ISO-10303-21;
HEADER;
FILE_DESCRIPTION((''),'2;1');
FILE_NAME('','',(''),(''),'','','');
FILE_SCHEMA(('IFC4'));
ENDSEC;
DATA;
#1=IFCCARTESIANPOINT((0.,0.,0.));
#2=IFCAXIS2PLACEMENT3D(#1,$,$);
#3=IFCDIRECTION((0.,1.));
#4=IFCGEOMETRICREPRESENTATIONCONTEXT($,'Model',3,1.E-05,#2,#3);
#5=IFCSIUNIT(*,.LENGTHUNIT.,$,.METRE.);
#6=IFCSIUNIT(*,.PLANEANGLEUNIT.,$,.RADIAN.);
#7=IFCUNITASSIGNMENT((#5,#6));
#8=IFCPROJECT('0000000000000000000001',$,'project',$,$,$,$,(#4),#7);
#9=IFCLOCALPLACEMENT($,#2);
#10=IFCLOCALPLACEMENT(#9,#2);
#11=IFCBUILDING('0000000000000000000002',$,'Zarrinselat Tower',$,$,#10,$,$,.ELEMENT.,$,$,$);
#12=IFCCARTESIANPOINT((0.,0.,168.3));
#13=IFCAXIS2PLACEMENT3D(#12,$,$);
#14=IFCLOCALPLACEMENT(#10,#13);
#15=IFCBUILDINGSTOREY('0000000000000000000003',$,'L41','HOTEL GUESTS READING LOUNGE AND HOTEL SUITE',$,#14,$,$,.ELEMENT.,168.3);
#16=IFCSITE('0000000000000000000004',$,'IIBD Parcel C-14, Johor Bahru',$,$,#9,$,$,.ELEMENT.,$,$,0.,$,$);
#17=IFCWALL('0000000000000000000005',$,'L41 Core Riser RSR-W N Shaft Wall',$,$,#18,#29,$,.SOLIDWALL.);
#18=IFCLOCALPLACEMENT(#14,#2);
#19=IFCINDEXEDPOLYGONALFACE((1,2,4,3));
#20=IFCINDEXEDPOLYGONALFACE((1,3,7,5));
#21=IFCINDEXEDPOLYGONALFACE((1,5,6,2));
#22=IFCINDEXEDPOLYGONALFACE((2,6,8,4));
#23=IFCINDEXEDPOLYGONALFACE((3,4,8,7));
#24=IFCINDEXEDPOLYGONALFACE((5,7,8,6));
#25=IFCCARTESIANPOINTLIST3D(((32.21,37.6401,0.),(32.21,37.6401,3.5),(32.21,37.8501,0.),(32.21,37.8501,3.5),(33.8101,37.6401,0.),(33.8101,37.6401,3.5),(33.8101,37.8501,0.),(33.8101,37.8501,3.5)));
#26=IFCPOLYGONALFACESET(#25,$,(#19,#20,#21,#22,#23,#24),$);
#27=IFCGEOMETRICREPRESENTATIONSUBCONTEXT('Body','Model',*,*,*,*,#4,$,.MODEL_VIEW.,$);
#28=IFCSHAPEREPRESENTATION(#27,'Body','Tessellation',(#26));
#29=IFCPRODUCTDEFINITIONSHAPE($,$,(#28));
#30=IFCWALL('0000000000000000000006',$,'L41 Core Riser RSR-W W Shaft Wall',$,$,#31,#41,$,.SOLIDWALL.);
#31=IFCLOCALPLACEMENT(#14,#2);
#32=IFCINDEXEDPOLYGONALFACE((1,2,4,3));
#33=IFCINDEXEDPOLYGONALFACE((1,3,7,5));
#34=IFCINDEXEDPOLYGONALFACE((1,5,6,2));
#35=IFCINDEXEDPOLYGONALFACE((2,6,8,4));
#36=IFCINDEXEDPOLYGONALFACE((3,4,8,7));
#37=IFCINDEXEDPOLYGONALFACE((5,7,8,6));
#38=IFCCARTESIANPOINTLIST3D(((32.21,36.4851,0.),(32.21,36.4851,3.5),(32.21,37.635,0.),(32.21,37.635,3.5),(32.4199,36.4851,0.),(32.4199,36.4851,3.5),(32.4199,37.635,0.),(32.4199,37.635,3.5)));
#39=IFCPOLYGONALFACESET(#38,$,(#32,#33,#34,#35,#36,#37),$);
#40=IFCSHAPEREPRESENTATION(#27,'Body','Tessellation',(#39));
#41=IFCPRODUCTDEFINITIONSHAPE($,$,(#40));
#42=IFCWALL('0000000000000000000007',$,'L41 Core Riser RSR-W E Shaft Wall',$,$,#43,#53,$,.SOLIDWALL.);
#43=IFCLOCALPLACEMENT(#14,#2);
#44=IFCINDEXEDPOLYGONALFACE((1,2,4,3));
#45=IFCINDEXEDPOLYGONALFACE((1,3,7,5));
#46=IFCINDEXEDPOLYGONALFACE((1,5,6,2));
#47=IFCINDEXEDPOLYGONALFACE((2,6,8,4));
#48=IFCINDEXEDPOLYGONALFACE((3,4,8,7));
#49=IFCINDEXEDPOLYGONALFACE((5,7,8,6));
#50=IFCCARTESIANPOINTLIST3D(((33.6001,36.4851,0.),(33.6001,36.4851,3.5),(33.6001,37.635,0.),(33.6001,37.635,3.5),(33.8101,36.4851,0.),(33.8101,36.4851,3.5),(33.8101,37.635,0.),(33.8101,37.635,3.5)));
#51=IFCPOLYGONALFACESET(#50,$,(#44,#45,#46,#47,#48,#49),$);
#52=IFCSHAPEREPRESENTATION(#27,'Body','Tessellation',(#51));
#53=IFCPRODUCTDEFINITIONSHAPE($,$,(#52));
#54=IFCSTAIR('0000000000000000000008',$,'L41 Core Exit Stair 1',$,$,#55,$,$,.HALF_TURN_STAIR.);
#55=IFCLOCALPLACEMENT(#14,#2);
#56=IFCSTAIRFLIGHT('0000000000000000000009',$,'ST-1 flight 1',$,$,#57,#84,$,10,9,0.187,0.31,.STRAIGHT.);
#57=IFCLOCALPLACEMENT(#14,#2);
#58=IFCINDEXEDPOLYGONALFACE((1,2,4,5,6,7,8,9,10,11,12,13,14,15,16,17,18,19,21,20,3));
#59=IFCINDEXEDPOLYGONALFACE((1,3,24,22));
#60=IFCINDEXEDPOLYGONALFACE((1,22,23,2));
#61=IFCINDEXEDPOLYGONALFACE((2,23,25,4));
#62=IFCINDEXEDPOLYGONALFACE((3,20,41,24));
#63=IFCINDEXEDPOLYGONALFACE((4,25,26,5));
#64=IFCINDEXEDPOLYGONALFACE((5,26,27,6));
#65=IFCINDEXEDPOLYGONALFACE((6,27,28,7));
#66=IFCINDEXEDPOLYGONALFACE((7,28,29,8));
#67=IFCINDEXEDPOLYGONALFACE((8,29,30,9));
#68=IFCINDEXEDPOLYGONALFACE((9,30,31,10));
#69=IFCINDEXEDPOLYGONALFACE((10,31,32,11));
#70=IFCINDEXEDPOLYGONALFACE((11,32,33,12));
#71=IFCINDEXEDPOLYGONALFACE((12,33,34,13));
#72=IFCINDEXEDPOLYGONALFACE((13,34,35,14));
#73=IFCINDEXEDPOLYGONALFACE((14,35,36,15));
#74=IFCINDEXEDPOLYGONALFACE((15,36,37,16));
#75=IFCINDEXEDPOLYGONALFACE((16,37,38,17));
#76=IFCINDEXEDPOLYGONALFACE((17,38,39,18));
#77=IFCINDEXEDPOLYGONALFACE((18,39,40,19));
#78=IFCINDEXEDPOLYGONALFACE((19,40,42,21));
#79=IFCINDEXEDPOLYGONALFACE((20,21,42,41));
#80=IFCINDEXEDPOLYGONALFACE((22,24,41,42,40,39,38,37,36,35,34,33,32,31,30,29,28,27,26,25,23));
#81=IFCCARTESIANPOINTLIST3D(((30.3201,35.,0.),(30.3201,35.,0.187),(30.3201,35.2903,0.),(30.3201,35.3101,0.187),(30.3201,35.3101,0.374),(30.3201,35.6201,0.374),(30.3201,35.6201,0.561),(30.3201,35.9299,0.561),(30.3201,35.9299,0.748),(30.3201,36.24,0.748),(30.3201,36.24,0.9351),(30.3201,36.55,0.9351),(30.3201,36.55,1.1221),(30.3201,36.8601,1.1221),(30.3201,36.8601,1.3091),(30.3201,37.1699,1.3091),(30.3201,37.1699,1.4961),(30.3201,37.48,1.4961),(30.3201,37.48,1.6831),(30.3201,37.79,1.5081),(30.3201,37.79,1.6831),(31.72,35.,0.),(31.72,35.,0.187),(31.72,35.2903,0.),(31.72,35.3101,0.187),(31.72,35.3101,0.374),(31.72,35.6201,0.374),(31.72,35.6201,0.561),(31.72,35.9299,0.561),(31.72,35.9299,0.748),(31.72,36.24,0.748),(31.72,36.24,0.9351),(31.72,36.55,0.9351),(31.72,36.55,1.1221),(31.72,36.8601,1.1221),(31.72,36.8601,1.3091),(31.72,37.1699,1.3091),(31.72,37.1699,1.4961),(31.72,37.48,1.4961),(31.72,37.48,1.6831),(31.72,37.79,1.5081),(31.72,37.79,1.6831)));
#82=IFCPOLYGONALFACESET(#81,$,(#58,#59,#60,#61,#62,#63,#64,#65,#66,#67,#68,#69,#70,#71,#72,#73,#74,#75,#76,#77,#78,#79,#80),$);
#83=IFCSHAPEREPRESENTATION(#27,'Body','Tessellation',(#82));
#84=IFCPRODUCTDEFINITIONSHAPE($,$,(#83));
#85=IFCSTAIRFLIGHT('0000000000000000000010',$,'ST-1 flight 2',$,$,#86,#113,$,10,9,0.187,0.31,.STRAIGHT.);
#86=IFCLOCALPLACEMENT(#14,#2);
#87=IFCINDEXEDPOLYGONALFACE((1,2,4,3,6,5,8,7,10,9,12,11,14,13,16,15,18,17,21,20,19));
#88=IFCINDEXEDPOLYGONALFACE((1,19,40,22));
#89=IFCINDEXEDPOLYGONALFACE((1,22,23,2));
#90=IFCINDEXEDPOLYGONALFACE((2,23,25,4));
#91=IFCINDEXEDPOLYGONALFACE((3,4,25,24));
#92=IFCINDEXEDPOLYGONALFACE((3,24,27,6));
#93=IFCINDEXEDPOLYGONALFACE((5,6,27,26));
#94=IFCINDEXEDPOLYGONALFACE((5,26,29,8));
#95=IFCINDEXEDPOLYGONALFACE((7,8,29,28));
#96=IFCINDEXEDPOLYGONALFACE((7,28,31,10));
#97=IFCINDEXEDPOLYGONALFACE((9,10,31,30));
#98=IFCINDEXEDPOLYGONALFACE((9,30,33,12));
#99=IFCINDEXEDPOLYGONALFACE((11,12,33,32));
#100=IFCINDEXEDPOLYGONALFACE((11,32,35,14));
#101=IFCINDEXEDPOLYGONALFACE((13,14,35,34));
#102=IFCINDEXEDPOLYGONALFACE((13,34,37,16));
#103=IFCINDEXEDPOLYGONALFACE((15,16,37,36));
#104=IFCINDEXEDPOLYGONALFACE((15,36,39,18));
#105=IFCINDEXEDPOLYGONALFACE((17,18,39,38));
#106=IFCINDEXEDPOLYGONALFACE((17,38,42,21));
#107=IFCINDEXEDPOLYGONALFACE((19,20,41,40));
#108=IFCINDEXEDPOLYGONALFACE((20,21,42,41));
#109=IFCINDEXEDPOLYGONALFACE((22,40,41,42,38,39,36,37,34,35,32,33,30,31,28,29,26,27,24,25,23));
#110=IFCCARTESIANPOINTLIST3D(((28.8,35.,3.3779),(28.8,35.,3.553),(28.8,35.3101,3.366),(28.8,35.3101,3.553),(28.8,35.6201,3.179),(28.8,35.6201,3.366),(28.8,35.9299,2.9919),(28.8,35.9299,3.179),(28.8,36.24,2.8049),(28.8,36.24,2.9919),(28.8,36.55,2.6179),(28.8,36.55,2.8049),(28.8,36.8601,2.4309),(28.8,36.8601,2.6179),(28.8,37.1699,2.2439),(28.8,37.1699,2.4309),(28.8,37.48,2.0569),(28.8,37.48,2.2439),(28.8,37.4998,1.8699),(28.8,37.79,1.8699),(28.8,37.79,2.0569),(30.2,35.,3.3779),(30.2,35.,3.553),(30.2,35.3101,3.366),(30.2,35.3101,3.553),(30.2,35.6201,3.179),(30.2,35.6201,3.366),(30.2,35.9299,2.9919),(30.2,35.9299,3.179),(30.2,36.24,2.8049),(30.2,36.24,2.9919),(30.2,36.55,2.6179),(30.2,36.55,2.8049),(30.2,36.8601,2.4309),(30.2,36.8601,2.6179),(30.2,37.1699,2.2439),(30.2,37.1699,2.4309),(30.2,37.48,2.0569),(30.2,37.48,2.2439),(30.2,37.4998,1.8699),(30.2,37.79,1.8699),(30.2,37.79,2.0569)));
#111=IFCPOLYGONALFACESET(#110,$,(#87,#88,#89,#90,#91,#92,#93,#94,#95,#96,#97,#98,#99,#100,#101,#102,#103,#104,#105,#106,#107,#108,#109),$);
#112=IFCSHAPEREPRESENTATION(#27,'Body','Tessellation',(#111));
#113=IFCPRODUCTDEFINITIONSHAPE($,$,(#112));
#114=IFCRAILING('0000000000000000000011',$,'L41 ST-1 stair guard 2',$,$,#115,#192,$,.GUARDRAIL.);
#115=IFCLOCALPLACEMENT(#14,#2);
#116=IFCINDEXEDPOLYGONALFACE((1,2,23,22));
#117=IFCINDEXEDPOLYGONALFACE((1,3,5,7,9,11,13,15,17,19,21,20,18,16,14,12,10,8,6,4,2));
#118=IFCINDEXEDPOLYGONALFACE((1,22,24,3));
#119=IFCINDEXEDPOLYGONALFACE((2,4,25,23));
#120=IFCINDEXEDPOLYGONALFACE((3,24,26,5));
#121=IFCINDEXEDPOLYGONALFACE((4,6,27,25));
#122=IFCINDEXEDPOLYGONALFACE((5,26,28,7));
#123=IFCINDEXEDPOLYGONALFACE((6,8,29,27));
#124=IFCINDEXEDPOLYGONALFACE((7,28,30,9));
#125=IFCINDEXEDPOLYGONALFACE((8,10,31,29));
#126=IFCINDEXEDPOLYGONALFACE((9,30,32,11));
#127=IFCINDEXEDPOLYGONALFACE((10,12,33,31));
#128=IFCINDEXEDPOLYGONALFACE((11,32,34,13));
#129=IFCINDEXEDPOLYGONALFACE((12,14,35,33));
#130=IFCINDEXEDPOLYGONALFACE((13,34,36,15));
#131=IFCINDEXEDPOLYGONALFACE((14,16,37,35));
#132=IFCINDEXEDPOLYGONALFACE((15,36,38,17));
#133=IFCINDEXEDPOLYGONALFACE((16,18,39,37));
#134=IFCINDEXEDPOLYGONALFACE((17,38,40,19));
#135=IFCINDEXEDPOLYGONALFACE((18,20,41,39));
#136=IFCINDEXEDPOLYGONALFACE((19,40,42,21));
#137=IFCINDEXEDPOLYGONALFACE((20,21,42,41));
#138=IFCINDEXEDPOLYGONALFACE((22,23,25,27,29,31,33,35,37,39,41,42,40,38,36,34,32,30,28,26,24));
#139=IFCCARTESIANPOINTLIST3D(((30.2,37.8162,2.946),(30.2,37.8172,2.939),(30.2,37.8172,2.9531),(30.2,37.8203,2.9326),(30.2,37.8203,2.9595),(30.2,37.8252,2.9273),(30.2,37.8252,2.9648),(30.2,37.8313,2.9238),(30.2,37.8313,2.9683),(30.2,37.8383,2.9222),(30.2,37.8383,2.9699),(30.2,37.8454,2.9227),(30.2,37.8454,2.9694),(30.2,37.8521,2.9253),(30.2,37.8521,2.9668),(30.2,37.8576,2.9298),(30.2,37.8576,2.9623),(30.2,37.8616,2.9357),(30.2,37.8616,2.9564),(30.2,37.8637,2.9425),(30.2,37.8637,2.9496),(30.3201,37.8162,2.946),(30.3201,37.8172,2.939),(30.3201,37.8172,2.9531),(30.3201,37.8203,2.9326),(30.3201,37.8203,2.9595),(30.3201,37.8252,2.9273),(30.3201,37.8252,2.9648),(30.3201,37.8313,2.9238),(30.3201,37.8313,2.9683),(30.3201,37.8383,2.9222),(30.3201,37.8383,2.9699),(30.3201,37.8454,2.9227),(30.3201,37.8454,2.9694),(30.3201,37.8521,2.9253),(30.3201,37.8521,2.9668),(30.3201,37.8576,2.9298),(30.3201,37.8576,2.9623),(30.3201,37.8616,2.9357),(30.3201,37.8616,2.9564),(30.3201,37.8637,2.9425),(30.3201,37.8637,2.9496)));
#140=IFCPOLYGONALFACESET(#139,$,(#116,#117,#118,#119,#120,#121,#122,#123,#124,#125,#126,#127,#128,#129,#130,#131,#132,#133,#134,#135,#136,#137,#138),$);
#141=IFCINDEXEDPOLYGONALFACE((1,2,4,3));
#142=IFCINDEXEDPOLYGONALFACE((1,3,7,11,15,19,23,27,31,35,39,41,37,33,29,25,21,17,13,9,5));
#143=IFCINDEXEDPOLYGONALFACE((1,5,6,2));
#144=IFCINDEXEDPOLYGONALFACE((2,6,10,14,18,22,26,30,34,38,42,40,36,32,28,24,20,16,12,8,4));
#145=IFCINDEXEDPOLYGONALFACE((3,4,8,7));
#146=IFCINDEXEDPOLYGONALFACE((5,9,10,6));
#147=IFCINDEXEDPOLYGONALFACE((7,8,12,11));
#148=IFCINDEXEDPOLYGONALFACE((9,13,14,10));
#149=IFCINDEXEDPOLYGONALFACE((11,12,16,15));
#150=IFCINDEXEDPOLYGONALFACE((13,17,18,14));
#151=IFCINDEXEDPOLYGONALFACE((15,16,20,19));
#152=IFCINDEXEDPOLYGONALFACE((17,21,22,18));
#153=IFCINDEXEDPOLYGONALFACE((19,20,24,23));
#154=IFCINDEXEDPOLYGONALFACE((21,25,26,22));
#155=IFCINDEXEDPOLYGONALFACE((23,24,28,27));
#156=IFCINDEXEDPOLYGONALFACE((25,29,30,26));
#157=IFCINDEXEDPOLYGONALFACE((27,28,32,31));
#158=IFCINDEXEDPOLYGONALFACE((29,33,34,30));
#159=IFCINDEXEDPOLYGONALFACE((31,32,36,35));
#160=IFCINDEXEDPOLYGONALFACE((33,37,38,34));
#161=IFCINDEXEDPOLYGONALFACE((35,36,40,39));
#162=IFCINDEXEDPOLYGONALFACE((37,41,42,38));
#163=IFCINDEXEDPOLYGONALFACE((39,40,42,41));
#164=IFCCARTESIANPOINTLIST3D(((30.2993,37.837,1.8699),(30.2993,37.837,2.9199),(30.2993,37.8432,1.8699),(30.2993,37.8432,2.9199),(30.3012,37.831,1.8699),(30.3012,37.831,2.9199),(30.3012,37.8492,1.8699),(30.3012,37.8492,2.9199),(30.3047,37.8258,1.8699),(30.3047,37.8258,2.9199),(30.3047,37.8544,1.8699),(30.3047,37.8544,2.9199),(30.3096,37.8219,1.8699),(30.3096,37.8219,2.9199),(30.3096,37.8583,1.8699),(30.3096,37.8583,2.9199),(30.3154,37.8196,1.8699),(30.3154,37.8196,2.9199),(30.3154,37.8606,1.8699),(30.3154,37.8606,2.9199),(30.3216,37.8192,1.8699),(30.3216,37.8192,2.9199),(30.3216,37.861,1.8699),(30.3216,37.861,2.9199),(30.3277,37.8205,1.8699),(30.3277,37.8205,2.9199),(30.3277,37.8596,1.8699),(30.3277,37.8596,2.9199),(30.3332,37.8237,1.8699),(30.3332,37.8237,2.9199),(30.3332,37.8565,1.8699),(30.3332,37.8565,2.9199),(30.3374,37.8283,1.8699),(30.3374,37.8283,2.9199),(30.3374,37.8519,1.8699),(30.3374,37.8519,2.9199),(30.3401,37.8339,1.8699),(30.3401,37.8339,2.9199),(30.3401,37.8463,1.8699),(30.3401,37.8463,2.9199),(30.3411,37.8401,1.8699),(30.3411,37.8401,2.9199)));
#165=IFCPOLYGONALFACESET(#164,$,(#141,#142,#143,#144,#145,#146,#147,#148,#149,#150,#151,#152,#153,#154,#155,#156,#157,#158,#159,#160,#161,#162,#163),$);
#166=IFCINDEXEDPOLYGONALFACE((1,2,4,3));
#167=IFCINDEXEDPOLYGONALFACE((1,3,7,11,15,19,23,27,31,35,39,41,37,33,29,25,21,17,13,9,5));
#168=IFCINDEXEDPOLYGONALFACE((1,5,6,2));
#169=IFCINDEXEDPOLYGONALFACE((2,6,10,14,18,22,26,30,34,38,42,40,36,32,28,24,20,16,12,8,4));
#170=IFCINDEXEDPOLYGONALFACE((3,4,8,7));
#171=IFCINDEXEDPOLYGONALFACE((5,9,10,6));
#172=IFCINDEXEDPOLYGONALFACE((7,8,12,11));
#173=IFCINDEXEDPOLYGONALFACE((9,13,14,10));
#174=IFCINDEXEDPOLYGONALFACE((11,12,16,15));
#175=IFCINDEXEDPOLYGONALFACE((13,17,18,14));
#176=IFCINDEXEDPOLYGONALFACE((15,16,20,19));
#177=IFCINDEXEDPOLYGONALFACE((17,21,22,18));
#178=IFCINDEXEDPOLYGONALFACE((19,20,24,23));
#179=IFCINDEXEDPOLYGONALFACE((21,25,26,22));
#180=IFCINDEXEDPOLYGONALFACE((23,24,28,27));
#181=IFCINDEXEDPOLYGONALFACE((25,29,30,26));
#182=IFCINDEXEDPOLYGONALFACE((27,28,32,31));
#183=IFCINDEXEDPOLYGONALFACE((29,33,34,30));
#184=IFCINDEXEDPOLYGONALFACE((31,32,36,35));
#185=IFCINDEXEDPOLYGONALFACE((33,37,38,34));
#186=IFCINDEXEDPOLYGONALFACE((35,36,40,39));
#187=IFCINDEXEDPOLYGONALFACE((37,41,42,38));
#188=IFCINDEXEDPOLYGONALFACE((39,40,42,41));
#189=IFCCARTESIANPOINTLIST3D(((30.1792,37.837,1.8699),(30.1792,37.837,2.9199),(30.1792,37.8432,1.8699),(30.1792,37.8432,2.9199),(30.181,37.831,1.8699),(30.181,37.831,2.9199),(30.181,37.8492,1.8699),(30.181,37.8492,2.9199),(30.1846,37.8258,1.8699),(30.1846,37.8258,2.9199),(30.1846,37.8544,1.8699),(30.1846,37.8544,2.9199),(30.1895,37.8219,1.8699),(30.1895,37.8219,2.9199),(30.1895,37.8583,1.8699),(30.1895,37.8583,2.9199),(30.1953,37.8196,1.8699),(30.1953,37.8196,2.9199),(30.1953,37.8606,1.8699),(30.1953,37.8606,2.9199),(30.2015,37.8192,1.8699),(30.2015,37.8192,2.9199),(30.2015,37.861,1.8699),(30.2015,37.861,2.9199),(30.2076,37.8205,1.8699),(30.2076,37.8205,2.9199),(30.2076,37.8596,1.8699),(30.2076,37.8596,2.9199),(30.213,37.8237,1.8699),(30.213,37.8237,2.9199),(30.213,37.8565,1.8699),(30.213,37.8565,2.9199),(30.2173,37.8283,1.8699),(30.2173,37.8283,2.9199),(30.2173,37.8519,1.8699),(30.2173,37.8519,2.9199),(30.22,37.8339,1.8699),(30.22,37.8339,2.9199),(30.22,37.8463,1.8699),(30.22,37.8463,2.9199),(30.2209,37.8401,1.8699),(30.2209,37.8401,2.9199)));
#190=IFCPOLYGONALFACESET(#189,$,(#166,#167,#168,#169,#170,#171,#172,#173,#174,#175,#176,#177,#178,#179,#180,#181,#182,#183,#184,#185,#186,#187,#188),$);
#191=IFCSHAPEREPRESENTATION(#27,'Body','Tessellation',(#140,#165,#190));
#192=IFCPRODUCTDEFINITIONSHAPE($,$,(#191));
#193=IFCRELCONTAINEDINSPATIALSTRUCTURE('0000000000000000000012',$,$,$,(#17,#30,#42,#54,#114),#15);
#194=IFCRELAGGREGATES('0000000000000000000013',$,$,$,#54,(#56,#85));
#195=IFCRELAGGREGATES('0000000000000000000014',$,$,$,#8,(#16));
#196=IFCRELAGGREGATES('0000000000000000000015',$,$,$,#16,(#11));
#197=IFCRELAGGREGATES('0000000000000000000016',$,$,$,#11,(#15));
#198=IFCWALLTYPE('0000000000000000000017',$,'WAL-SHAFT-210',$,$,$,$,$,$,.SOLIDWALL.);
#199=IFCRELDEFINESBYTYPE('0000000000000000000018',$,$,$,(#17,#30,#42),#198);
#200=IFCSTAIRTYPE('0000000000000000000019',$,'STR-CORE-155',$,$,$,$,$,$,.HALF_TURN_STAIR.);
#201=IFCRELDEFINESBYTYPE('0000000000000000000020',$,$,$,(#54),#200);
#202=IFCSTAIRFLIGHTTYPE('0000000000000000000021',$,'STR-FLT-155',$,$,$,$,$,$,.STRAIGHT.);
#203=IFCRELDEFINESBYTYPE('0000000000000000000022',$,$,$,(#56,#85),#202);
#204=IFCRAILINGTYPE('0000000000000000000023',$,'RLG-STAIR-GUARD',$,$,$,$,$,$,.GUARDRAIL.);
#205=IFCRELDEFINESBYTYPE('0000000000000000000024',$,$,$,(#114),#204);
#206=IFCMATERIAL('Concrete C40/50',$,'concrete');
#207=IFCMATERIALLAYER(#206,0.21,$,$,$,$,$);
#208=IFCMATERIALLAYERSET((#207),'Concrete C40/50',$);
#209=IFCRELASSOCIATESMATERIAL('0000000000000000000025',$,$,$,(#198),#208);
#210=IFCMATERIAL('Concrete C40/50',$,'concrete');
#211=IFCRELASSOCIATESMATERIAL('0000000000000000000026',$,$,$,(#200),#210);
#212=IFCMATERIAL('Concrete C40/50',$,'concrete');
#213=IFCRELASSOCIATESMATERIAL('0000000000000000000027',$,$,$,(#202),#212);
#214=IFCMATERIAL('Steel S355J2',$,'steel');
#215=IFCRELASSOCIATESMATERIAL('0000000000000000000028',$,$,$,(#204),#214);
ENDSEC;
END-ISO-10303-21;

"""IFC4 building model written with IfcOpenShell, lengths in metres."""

from ifc_helpers import new_model, si_unit, direction, frame, frame_2d, origin, origin_2d, place, context, subcontext, project, spatial, polyline, rectangle, circle, outline, extrude, material, layer, layer_set, type_object, element, aggregate, save


model = new_model("IFC4")

# Units and contexts
model_context = context("Model", 3, precision=1e-05, world=origin(), true_north=direction((0.0, 1.0)))
body_context = subcontext(model_context, "Body", "Model", "MODEL_VIEW")
ifc_project = project(units=[si_unit("LENGTHUNIT", "METRE"), si_unit("PLANEANGLEUNIT", "RADIAN")], contexts=[model_context])

# Site, building, storey
site_placement = place(None, origin())
site = spatial("IfcSite", under=ifc_project, at=site_placement, Name="IIBD Parcel C-14, Johor Bahru", CompositionType="ELEMENT", RefElevation=0.0)
building_placement = place(site_placement, origin())
building = spatial("IfcBuilding", under=site, at=building_placement, Name="Zarrinselat Tower", CompositionType="ELEMENT")
storey_placement = place(building_placement, frame((0.0, 0.0, 168.3)))
storey = spatial("IfcBuildingStorey", under=building, at=storey_placement, Name="L41", Description="HOTEL GUESTS READING LOUNGE AND HOTEL SUITE", CompositionType="ELEMENT", Elevation=168.3)

# Shared definitions
ifc_material_1 = material(Name="Concrete C40/50", Category="concrete")
ifc_layer_1 = layer(ifc_material_1, 0.21)
ifc_layer_set_1 = layer_set([ifc_layer_1], Name="Concrete C40/50")
wall_type_1 = type_object("IfcWallType", Name="WAL-SHAFT-210", PredefinedType="SOLIDWALL", material=ifc_layer_set_1)

# Walls
for number, where, z_axis, x_axis, name in (
    (1, (32.21, 37.7451, 0.0), (0.0, 0.0, 1.0), (1.0, 0.0, 0.0), "L41 Core Riser RSR-W N Shaft Wall"),
):
    element("IfcWall", number, at=place(storey_placement, frame(where, z_axis=z_axis, x_axis=x_axis)), inside=storey, type_object=wall_type_1, Name=name, PredefinedType="SOLIDWALL", context=body_context, shape_type="SweptSolid", body=[
        extrude(rectangle(XDim=1.6001, YDim=0.21, at=frame_2d((0.8, 0.0))), origin(), (0.0, 0.0, 1.0), 3.5),
    ])
for number, where, z_axis, x_axis, name in (
    (2, (32.3149, 36.4851, 0.0), (0.0, 0.0, 1.0), (0.0, 1.0, 0.0), "L41 Core Riser RSR-W W Shaft Wall"),
    (3, (33.7051, 36.4851, 0.0), (0.0, 0.0, 1.0), (0.0, 1.0, 0.0), "L41 Core Riser RSR-W E Shaft Wall"),
):
    element("IfcWall", number, at=place(storey_placement, frame(where, z_axis=z_axis, x_axis=x_axis)), inside=storey, type_object=wall_type_1, Name=name, PredefinedType="SOLIDWALL", context=body_context, shape_type="SweptSolid", body=[
        extrude(rectangle(XDim=1.1499, YDim=0.21, at=frame_2d((0.575, 0.0))), origin(), (0.0, 0.0, 1.0), 3.5),
    ])

# Stair, stair flights
ifc_material_2 = material(Name="Concrete C40/50", Category="concrete")
stair_type = type_object("IfcStairType", Name="STR-CORE-155", PredefinedType="HALF_TURN_STAIR", material=ifc_material_2)
stair_placement = place(storey_placement, origin())
stair = element("IfcStair", 4, at=stair_placement, inside=storey, type_object=stair_type, Name="L41 Core Exit Stair 1", PredefinedType="HALF_TURN_STAIR")
ifc_material_3 = material(Name="Concrete C40/50", Category="concrete")
stair_flight_type = type_object("IfcStairFlightType", Name="STR-FLT-155", PredefinedType="STRAIGHT", material=ifc_material_3)
stair_flight_1_placement = place(storey_placement, frame((31.02, 35.0, 0.0), z_axis=(0.0, 0.0, 1.0), x_axis=(0.0, 1.0, 0.0)))
stair_flight_1 = element("IfcStairFlight", 5, at=stair_flight_1_placement, type_object=stair_flight_type, Name="ST-1 flight 1", NumberOfRisers=10, NumberOfTreads=9, PredefinedType="STRAIGHT", RiserHeight=0.187, TreadLength=0.31, context=body_context, shape_type="SweptSolid", body=[
    extrude(outline(polyline([(0.0, 0.0), (0.0, 0.187), (0.3101, 0.187), (0.3101, 0.374), (0.6201, 0.374), (0.6201, 0.561), (0.9299, 0.561), (0.9299, 0.748), (1.24, 0.748), (1.24, 0.9351), (1.55, 0.9351), (1.55, 1.1221), (1.8601, 1.1221), (1.8601, 1.3091), (2.1699, 1.3091), (2.1699, 1.4961), (2.48, 1.4961), (2.48, 1.6831), (2.79, 1.6831), (2.79, 1.8701), (2.79, 1.5081), (0.2903, 0.0), (0.0, 0.0)])), frame((0.0, 0.7, 0.0), z_axis=(0.0, -1.0, 0.0), x_axis=(1.0, 0.0, 0.0)), (0.0, 0.0, 1.0), 1.3999),
])
stair_flight_2_placement = place(storey_placement, frame((29.5, 37.79, 1.8699), z_axis=(0.0, 0.0, 1.0), x_axis=(0.0, -1.0, 0.0)))
stair_flight_2 = element("IfcStairFlight", 6, at=stair_flight_2_placement, type_object=stair_flight_type, Name="ST-1 flight 2", NumberOfRisers=10, NumberOfTreads=9, PredefinedType="STRAIGHT", RiserHeight=0.187, TreadLength=0.31, context=body_context, shape_type="SweptSolid", body=[
    extrude(outline(polyline([(0.0, 0.0), (0.0, 0.187), (0.3101, 0.187), (0.3101, 0.374), (0.6201, 0.374), (0.6201, 0.561), (0.9299, 0.561), (0.9299, 0.748), (1.24, 0.748), (1.24, 0.9351), (1.55, 0.9351), (1.55, 1.1221), (1.8601, 1.1221), (1.8601, 1.3091), (2.1699, 1.3091), (2.1699, 1.4961), (2.48, 1.4961), (2.48, 1.6831), (2.79, 1.6831), (2.79, 1.8701), (2.79, 1.5081), (0.2903, 0.0), (0.0, 0.0)])), frame((0.0, 0.7, 0.0), z_axis=(0.0, -1.0, 0.0), x_axis=(1.0, 0.0, 0.0)), (0.0, 0.0, 1.0), 1.3999),
])
aggregate(stair, [stair_flight_1, stair_flight_2])

# Railing
ifc_material_4 = material(Name="Steel S355J2", Category="steel")
railing_type_1 = type_object("IfcRailingType", Name="RLG-STAIR-GUARD", PredefinedType="GUARDRAIL", material=ifc_material_4)
railing_1_placement = place(storey_placement, frame((30.3201, 37.8401, 1.8699)))
element("IfcRailing", 7, at=railing_1_placement, inside=storey, type_object=railing_type_1, Name="L41 ST-1 stair guard 2", PredefinedType="GUARDRAIL", context=body_context, shape_type="SweptSolid", body=[
    extrude(circle(Radius=0.0239, at=origin_2d()), frame((0.0, 0.0, 1.0762), z_axis=(-1.0, 0.0, 0.0), x_axis=(0.0, -1.0, 0.0)), (0.0, 0.0, 1.0), 0.1201),
    extrude(circle(Radius=0.021, at=origin_2d()), origin(), (0.0, 0.0, 1.0), 1.05),
    extrude(circle(Radius=0.021, at=origin_2d()), frame((-0.1201, 0.0, 0.0)), (0.0, 0.0, 1.0), 1.05),
])

save(model, "model.ifc")
